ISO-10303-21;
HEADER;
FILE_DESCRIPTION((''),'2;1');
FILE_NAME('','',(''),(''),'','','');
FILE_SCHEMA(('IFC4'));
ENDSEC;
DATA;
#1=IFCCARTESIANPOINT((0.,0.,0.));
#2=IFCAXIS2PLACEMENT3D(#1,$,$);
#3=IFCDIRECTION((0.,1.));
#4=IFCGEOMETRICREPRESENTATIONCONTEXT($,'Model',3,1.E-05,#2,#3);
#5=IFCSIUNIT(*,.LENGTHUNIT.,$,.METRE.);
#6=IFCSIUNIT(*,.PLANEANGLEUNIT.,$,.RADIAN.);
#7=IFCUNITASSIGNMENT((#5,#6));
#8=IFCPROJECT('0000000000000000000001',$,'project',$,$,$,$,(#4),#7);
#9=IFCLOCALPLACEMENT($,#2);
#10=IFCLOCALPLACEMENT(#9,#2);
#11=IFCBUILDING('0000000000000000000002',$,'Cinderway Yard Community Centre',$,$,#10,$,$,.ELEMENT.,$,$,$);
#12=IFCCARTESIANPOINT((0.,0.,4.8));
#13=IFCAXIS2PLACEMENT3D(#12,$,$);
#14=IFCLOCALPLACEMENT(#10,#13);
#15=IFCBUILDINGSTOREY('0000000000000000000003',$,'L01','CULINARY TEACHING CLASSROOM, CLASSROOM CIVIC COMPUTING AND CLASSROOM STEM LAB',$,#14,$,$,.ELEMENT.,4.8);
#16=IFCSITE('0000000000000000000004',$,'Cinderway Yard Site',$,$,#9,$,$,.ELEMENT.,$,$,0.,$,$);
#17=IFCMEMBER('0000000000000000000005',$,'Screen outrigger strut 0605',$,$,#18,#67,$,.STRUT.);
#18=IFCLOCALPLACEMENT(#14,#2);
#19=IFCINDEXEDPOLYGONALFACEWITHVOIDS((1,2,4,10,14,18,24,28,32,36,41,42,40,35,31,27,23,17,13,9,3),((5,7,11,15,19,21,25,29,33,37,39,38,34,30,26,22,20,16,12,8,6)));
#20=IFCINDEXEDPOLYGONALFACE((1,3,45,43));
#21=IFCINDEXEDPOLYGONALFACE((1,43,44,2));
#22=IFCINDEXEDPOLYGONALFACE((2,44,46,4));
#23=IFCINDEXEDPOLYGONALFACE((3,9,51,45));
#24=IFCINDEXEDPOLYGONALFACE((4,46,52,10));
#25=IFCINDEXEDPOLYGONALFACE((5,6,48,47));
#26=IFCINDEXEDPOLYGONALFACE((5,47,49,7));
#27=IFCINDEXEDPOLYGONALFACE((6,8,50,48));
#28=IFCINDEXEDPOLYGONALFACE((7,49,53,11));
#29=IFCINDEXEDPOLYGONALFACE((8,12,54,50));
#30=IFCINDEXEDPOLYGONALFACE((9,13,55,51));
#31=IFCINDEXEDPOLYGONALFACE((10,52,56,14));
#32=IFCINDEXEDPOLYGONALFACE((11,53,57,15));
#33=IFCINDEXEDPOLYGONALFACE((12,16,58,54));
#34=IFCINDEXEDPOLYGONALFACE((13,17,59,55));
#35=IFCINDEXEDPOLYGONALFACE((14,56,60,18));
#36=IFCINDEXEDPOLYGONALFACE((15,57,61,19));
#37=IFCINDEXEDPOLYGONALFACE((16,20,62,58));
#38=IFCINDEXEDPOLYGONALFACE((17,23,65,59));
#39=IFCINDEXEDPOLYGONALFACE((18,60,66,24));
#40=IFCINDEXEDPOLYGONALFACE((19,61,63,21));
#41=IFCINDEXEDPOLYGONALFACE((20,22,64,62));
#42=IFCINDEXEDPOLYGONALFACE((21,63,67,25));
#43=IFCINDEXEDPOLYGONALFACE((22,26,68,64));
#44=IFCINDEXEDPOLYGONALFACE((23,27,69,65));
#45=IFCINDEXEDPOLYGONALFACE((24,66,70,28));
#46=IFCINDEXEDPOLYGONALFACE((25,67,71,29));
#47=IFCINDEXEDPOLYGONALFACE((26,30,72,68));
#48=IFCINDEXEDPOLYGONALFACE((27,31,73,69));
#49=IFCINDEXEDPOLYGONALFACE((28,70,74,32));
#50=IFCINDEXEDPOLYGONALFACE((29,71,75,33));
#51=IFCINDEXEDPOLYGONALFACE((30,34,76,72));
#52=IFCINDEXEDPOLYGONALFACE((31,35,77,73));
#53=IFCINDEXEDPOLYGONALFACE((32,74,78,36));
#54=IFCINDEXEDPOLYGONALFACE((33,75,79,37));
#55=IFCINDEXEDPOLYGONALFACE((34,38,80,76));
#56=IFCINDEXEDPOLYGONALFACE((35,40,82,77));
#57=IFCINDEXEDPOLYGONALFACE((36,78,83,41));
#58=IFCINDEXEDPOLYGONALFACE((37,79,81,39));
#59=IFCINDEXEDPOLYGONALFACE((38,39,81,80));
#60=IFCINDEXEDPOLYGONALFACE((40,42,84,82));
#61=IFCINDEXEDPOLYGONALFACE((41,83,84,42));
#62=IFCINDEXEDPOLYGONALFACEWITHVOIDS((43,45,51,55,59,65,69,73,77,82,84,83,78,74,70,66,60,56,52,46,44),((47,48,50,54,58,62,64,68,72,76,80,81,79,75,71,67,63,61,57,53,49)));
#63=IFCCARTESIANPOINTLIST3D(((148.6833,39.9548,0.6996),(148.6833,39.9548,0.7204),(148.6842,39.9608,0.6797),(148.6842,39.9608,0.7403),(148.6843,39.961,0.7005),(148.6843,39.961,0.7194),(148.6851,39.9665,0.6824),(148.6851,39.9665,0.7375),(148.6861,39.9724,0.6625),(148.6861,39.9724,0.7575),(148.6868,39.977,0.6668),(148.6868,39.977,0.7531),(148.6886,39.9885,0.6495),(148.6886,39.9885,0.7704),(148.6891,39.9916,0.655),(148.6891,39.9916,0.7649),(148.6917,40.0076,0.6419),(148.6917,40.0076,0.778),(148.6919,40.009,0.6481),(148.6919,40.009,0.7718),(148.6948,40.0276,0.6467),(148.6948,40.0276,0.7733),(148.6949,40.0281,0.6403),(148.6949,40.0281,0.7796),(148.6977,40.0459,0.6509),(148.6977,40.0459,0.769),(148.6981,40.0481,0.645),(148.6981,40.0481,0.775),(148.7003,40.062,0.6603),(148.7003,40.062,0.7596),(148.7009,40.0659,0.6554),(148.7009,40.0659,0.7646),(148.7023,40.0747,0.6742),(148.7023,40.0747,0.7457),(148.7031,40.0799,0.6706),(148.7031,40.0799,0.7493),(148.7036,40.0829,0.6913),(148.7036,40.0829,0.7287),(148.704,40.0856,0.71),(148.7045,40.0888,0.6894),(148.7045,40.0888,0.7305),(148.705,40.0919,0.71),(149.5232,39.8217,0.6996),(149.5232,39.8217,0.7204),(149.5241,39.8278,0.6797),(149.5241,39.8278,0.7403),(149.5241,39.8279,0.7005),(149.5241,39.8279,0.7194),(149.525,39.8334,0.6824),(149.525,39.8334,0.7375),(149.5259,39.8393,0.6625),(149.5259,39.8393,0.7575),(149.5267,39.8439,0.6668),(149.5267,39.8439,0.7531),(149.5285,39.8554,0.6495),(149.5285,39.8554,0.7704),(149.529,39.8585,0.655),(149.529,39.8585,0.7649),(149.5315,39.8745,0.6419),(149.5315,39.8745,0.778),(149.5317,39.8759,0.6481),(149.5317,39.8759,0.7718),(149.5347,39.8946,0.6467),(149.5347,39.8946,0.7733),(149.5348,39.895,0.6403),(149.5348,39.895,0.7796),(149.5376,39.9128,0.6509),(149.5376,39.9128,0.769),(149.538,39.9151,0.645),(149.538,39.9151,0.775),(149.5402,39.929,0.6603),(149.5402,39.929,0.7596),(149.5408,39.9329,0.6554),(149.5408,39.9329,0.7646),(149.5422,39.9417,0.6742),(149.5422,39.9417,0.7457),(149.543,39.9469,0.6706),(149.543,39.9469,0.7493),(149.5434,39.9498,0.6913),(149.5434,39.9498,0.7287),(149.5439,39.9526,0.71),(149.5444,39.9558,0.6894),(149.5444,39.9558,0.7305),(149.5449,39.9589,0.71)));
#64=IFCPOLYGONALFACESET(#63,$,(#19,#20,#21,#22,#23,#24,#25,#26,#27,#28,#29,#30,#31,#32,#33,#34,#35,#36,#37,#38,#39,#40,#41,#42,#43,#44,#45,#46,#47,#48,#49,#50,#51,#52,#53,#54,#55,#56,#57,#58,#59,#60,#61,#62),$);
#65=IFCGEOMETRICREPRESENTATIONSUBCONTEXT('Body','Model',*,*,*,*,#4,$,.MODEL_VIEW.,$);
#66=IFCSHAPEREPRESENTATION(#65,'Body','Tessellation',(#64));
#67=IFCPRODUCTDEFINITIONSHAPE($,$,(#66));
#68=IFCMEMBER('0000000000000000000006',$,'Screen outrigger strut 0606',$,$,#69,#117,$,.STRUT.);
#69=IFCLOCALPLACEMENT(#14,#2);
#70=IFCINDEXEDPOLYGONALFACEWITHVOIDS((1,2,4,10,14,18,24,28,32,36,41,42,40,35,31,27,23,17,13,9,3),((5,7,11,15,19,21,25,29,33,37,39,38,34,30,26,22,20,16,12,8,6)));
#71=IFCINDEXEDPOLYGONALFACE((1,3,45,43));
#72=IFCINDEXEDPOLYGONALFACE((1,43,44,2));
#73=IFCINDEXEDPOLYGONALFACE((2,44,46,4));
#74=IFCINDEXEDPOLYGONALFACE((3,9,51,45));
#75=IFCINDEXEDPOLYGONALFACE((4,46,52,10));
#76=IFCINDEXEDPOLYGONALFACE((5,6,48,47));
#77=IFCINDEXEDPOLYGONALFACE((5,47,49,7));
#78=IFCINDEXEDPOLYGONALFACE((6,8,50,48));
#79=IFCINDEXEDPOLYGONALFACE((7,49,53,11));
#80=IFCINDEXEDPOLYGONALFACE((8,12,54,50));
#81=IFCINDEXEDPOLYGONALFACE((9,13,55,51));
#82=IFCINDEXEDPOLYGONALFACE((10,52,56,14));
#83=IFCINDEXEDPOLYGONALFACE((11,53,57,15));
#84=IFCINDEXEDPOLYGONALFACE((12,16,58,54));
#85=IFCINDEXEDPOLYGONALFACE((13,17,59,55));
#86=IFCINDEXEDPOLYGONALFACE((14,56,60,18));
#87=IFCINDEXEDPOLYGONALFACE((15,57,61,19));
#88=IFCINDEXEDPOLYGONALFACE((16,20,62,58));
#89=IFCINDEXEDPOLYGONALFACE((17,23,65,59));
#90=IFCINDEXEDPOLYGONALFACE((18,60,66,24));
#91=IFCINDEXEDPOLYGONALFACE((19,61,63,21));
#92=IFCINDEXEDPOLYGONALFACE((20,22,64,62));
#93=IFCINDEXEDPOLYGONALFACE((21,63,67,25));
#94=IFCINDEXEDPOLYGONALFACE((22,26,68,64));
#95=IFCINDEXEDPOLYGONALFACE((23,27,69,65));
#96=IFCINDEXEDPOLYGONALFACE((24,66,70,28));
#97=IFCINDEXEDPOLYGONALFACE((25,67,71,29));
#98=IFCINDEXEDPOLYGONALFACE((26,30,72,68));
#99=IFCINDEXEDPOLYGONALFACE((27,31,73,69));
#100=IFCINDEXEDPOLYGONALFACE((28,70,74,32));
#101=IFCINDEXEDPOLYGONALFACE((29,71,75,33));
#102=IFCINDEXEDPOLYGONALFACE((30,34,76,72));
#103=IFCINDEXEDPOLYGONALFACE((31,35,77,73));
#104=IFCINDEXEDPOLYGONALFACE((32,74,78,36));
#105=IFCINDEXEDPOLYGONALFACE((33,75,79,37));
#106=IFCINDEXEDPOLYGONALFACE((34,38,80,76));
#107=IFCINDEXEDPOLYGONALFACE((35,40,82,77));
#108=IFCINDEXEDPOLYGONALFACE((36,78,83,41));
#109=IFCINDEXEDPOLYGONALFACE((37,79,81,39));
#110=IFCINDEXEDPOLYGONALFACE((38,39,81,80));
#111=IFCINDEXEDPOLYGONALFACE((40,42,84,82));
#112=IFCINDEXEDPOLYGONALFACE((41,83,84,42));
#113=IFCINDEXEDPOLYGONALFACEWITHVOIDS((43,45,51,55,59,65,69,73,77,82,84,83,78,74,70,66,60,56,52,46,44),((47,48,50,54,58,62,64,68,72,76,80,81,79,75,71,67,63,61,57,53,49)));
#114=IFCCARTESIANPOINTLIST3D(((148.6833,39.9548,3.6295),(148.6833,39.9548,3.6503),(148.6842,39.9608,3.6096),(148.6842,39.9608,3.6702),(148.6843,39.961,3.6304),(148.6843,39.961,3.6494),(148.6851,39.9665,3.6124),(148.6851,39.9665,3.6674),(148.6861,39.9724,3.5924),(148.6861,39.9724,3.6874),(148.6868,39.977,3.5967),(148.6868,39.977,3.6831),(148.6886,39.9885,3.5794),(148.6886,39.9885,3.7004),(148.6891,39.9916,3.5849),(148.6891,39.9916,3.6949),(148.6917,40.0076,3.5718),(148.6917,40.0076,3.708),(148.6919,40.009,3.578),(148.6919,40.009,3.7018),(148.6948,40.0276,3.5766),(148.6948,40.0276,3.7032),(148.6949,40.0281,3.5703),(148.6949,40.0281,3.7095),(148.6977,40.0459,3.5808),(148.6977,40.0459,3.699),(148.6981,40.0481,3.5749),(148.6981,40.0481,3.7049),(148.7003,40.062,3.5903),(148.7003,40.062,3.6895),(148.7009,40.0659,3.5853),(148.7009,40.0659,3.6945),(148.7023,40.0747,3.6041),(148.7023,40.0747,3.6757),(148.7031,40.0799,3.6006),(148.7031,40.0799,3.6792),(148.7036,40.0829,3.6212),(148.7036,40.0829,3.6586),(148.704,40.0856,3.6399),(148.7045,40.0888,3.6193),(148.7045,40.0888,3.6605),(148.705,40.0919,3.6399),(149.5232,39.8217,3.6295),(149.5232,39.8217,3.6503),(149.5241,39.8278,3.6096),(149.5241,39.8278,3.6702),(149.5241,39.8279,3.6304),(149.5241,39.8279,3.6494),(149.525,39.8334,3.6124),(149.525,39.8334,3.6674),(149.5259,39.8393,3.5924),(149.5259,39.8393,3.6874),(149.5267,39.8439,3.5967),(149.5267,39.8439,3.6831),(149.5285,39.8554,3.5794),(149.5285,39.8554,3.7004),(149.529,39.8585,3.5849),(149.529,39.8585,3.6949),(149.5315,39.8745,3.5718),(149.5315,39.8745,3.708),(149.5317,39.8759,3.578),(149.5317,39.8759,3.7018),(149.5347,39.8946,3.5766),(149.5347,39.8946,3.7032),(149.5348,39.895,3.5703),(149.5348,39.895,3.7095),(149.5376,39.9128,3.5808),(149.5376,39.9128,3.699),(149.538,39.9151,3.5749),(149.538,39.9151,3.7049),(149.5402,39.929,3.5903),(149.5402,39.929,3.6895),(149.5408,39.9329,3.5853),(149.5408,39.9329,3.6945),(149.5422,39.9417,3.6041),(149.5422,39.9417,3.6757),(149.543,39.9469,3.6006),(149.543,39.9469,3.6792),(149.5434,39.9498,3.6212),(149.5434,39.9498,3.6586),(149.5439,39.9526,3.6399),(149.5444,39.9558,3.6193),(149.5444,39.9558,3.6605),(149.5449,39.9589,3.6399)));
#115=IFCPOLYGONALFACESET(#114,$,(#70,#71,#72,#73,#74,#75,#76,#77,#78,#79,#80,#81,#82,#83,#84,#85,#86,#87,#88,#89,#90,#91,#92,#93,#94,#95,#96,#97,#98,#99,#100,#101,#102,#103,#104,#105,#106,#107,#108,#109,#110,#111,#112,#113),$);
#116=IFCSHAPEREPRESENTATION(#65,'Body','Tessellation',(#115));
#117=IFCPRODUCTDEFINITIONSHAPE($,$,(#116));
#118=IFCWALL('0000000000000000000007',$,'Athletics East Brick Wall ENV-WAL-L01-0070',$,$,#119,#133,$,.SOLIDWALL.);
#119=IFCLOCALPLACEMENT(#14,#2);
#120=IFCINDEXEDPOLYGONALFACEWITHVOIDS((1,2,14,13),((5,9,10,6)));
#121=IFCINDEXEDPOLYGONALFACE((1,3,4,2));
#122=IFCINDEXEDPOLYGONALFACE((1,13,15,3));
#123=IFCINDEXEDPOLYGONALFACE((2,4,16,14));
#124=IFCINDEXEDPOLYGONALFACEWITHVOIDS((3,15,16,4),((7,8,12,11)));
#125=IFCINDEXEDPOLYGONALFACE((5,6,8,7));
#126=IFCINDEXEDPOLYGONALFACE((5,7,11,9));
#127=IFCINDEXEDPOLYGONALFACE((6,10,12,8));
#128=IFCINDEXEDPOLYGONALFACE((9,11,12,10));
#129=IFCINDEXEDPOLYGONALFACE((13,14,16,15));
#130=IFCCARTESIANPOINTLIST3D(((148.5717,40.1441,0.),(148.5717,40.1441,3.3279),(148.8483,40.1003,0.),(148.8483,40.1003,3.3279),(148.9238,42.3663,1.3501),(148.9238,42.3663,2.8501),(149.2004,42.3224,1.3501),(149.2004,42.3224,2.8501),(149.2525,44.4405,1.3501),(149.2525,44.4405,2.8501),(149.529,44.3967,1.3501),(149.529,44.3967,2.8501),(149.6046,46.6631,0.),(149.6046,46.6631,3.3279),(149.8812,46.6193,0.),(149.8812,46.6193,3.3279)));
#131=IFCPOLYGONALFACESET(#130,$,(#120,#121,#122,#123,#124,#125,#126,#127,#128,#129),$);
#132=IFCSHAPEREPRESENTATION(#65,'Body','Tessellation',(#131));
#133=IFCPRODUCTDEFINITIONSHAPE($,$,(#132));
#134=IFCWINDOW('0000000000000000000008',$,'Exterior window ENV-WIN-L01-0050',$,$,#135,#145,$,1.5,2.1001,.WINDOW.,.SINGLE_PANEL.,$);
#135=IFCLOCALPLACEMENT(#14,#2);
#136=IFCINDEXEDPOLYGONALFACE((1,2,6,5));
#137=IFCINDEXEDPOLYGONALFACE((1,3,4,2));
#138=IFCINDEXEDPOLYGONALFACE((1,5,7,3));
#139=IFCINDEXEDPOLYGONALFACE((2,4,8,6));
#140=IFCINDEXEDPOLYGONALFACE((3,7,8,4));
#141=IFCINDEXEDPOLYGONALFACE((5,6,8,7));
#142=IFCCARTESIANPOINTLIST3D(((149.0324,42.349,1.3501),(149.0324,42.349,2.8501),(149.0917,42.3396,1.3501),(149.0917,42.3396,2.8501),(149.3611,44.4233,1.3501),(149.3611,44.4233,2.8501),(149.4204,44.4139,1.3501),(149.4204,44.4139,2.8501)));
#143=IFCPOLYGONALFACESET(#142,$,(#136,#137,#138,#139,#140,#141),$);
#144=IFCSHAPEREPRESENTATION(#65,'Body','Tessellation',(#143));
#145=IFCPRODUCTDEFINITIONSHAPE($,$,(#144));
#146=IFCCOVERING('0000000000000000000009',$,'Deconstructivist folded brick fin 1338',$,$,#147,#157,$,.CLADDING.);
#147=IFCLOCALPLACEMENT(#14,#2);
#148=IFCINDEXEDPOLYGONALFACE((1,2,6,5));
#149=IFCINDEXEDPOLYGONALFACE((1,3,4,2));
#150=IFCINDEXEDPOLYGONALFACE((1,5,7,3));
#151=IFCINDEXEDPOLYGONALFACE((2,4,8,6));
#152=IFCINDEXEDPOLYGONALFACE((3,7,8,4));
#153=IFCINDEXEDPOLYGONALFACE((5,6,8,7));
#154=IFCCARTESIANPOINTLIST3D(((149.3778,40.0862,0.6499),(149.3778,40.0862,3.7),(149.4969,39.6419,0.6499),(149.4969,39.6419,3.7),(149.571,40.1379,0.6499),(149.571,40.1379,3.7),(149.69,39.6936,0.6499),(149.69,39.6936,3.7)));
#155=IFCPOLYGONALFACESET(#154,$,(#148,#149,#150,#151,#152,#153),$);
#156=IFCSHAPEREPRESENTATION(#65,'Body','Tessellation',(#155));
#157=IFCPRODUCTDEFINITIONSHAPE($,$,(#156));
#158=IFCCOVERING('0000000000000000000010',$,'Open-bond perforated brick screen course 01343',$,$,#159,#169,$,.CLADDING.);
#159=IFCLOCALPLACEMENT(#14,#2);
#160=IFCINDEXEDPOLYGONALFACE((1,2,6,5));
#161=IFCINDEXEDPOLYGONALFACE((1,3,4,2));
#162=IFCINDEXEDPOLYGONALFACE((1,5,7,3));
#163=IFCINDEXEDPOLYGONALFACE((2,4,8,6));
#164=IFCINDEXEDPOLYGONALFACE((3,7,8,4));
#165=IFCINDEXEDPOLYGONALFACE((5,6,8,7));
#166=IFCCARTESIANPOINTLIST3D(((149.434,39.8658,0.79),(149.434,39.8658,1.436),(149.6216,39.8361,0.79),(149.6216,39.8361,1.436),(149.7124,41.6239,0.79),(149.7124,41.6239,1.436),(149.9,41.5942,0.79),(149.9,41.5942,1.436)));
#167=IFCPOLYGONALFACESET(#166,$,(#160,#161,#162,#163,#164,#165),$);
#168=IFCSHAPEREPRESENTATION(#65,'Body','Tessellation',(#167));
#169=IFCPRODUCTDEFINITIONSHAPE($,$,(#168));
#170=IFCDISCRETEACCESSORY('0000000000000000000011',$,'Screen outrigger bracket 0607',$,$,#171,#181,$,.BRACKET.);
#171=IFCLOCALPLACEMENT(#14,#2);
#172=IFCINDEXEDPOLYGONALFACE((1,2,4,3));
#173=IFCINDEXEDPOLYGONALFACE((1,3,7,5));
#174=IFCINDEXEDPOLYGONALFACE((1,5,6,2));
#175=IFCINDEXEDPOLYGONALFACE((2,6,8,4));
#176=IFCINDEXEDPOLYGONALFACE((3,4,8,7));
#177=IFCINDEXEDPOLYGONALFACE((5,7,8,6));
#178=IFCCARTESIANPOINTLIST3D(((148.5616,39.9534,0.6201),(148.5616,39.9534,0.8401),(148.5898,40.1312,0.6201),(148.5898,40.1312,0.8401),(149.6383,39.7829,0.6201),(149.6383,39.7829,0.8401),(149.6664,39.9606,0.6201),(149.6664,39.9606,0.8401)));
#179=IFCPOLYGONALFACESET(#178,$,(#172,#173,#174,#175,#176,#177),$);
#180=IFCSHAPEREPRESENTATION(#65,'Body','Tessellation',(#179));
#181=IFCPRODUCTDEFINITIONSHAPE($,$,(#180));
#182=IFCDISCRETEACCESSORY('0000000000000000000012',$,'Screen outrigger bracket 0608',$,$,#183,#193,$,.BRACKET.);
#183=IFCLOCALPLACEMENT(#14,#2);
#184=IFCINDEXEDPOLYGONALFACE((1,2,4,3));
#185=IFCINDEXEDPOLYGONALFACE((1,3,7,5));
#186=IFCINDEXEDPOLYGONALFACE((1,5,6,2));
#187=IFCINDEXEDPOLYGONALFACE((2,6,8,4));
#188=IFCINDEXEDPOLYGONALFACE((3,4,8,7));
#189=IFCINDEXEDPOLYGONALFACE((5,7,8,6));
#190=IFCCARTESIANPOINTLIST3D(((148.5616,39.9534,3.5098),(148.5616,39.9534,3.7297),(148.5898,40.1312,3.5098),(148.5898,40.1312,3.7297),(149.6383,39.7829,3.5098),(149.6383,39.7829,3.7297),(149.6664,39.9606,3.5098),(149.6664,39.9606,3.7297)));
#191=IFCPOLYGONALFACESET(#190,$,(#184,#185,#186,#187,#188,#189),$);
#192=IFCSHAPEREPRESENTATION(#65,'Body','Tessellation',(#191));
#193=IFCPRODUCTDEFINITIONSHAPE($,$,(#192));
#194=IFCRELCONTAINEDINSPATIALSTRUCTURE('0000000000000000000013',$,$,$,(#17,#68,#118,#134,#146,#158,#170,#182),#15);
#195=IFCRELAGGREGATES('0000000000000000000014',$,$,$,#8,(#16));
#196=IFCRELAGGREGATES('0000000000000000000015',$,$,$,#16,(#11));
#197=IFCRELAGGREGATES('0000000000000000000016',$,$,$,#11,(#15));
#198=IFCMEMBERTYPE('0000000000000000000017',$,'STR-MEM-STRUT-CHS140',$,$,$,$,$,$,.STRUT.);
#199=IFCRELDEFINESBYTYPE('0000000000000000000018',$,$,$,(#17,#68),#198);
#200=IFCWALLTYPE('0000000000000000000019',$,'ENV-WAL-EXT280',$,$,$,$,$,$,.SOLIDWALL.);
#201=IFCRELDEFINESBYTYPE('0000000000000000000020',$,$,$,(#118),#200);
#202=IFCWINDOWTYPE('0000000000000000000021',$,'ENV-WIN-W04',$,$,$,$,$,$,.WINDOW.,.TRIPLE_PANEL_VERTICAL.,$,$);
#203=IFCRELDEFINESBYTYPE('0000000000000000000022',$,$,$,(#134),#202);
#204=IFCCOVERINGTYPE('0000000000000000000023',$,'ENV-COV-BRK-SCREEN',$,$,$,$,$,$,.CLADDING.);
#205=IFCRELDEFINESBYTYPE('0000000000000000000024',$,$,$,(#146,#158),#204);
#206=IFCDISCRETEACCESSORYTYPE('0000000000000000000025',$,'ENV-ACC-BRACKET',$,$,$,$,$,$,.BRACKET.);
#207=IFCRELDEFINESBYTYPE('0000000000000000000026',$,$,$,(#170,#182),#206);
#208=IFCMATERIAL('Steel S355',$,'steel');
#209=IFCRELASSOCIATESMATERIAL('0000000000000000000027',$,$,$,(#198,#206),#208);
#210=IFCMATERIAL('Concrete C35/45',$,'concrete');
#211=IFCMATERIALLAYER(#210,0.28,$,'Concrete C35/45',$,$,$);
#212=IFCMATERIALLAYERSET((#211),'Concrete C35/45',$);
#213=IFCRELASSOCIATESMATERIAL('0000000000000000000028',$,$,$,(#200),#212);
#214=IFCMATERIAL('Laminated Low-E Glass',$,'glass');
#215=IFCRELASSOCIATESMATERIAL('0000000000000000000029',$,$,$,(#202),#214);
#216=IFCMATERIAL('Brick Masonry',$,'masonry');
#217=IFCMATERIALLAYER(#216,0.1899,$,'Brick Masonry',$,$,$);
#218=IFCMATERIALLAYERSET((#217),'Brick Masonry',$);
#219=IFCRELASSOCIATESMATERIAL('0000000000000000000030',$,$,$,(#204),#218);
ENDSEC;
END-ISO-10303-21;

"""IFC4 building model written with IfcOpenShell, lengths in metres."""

from ifc_helpers import new_model, si_unit, direction, frame, frame_2d, origin, origin_2d, place, context, subcontext, project, spatial, rectangle, hollow_circle, extrude, material, layer, layer_set, material_profile, profile_set, type_object, element, fill, save


model = new_model("IFC4")

# Units and contexts
model_context = context("Model", 3, precision=1e-05, world=origin(), true_north=direction((0.0, 1.0)))
body_context = subcontext(model_context, "Body", "Model", "MODEL_VIEW")
ifc_project = project(units=[si_unit("LENGTHUNIT", "METRE"), si_unit("PLANEANGLEUNIT", "RADIAN")], contexts=[model_context])

# Site, building, storey
site_placement = place(None, origin())
site = spatial("IfcSite", under=ifc_project, at=site_placement, Name="Cinderway Yard Site", CompositionType="ELEMENT", RefElevation=0.0)
building_placement = place(site_placement, origin())
building = spatial("IfcBuilding", under=site, at=building_placement, Name="Cinderway Yard Community Centre", CompositionType="ELEMENT")
storey_placement = place(building_placement, frame((0.0, 0.0, 4.8)))
storey = spatial("IfcBuildingStorey", under=building, at=storey_placement, Name="L01", Description="CULINARY TEACHING CLASSROOM, CLASSROOM CIVIC COMPUTING AND CLASSROOM STEM LAB", CompositionType="ELEMENT", Elevation=4.8)

# Shared definitions
ifc_material_1 = material(Name="Steel S355", Category="steel")

# Shared definitions
ifc_material_2 = material(Name="Concrete C35/45", Category="concrete")

# Members
ifc_material_profile_1 = material_profile(ifc_material_1, hollow_circle(Radius=0.0698, WallThickness=0.0063, at=origin_2d()), Name="Steel S355")
ifc_profile_set_1 = profile_set([ifc_material_profile_1], Name="Steel S355")
member_type_1 = type_object("IfcMemberType", Name="STR-MEM-STRUT-CHS140", PredefinedType="STRUT", material=ifc_profile_set_1)
for number, where, z_axis, x_axis, name in (
    (1, (148.6941, 40.0229, 0.71), (0.987681, -0.156479, 0.0), (0.156479, 0.987681, 0.0), "Screen outrigger strut 0605"),
    (2, (148.6941, 40.0229, 3.6399), (0.987681, -0.156479, 0.0), (0.156479, 0.987681, 0.0), "Screen outrigger strut 0606"),
):
    element("IfcMember", number, at=place(storey_placement, frame(where, z_axis=z_axis, x_axis=x_axis)), inside=storey, type_object=member_type_1, Name=name, PredefinedType="STRUT", context=body_context, shape_type="SweptSolid", body=[
        extrude(hollow_circle(Radius=0.0698, WallThickness=0.0063, at=origin_2d()), origin(), (0.0, 0.0, 1.0), 0.8503),
    ])

# Wall, opening, window
ifc_layer_1 = layer(ifc_material_2, 0.28, Name="Concrete C35/45")
ifc_layer_set_1 = layer_set([ifc_layer_1], Name="Concrete C35/45")
wall_type_1 = type_object("IfcWallType", Name="ENV-WAL-EXT280", PredefinedType="SOLIDWALL", material=ifc_layer_set_1)
wall_1_placement = place(storey_placement, frame((148.71, 40.1221, 0.0), z_axis=(0.0, 0.0, 1.0), x_axis=(0.1565, 0.987678, 0.0)))
wall_1 = element("IfcWall", 3, at=wall_1_placement, inside=storey, type_object=wall_type_1, Name="Athletics East Brick Wall ENV-WAL-L01-0070", PredefinedType="SOLIDWALL", context=body_context, shape_type="SweptSolid", body=[
    extrude(rectangle(XDim=6.6003, YDim=0.28, at=frame_2d((3.3003, 0.0))), origin(), (0.0, 0.0, 1.0), 3.3279),
])
opening_1_placement = place(wall_1_placement, frame((2.25, 0.0, 1.3501)))
opening_1 = element("IfcOpeningElement", 4, at=opening_1_placement, cuts=wall_1, PredefinedType="OPENING", context=body_context, shape_type="SweptSolid", body=[
    extrude(rectangle(XDim=2.1001, YDim=1.5, at=frame_2d((1.05, 0.75))), frame((0.0, 0.1499, 0.0), z_axis=(0.0, -1.0, 0.0), x_axis=(1.0, 0.0, 0.0)), (0.0, 0.0, 1.0), 0.3),
])
ifc_material_3 = material(Name="Laminated Low-E Glass", Category="glass")
window_type = type_object("IfcWindowType", Name="ENV-WIN-W04", PartitioningType="TRIPLE_PANEL_VERTICAL", PredefinedType="WINDOW", material=ifc_material_3)
window_placement = place(opening_1_placement, origin())
window = element("IfcWindow", 5, at=window_placement, inside=storey, type_object=window_type, Name="Exterior window ENV-WIN-L01-0050", OverallHeight=1.5, OverallWidth=2.1001, PartitioningType="SINGLE_PANEL", PredefinedType="WINDOW", context=body_context, shape_type="SweptSolid", body=[
    extrude(rectangle(XDim=2.1001, YDim=1.5, at=frame_2d((1.05, 0.75))), frame((0.0, 0.03, 0.0), z_axis=(0.0, -1.0, 0.0), x_axis=(1.0, 0.0, 0.0)), (0.0, 0.0, 1.0), 0.0601),
])
fill(opening_1, window)

# Coverings
ifc_material_4 = material(Name="Brick Masonry", Category="masonry")
ifc_layer_2 = layer(ifc_material_4, 0.1899, Name="Brick Masonry")
ifc_layer_set_2 = layer_set([ifc_layer_2], Name="Brick Masonry")
covering_type = type_object("IfcCoveringType", Name="ENV-COV-BRK-SCREEN", PredefinedType="CLADDING", material=ifc_layer_set_2)
covering_1_placement = place(storey_placement, frame((149.5339, 39.8899, 0.6499), z_axis=(0.0, 0.0, 1.0), x_axis=(0.258819, -0.965926, 0.0)))
element("IfcCovering", 6, at=covering_1_placement, inside=storey, type_object=covering_type, Name="Deconstructivist folded brick fin 1338", PredefinedType="CLADDING", context=body_context, shape_type="SweptSolid", body=[
    extrude(rectangle(XDim=0.46, YDim=0.2, at=origin_2d()), origin(), (0.0, 0.0, 1.0), 3.05),
])
covering_2_placement = place(storey_placement, frame((149.667, 40.73, 0.79), z_axis=(0.0, 0.0, 1.0), x_axis=(-0.156434, -0.987688, 0.0)))
element("IfcCovering", 7, at=covering_2_placement, inside=storey, type_object=covering_type, Name="Open-bond perforated brick screen course 01343", PredefinedType="CLADDING", context=body_context, shape_type="SweptSolid", body=[
    extrude(rectangle(XDim=1.78, YDim=0.1899, at=origin_2d()), origin(), (0.0, 0.0, 1.0), 0.646),
])

# Discrete accessories
discrete_accessory_type = type_object("IfcDiscreteAccessoryType", Name="ENV-ACC-BRACKET", PredefinedType="BRACKET", material=ifc_material_1)
for number, where, z_axis, x_axis, name in (
    (8, (149.114, 39.957, 0.6201), (0.0, 0.0, 1.0), (0.987688, -0.156434, 0.0), "Screen outrigger bracket 0607"),
    (9, (149.114, 39.957, 3.5098), (0.0, 0.0, 1.0), (0.987688, -0.156434, 0.0), "Screen outrigger bracket 0608"),
):
    element("IfcDiscreteAccessory", number, at=place(storey_placement, frame(where, z_axis=z_axis, x_axis=x_axis)), inside=storey, type_object=discrete_accessory_type, Name=name, PredefinedType="BRACKET", context=body_context, shape_type="SweptSolid", body=[
        extrude(rectangle(XDim=1.0901, YDim=0.1799, at=origin_2d()), origin(), (0.0, 0.0, 1.0), 0.22),
    ])

save(model, "model.ifc")
